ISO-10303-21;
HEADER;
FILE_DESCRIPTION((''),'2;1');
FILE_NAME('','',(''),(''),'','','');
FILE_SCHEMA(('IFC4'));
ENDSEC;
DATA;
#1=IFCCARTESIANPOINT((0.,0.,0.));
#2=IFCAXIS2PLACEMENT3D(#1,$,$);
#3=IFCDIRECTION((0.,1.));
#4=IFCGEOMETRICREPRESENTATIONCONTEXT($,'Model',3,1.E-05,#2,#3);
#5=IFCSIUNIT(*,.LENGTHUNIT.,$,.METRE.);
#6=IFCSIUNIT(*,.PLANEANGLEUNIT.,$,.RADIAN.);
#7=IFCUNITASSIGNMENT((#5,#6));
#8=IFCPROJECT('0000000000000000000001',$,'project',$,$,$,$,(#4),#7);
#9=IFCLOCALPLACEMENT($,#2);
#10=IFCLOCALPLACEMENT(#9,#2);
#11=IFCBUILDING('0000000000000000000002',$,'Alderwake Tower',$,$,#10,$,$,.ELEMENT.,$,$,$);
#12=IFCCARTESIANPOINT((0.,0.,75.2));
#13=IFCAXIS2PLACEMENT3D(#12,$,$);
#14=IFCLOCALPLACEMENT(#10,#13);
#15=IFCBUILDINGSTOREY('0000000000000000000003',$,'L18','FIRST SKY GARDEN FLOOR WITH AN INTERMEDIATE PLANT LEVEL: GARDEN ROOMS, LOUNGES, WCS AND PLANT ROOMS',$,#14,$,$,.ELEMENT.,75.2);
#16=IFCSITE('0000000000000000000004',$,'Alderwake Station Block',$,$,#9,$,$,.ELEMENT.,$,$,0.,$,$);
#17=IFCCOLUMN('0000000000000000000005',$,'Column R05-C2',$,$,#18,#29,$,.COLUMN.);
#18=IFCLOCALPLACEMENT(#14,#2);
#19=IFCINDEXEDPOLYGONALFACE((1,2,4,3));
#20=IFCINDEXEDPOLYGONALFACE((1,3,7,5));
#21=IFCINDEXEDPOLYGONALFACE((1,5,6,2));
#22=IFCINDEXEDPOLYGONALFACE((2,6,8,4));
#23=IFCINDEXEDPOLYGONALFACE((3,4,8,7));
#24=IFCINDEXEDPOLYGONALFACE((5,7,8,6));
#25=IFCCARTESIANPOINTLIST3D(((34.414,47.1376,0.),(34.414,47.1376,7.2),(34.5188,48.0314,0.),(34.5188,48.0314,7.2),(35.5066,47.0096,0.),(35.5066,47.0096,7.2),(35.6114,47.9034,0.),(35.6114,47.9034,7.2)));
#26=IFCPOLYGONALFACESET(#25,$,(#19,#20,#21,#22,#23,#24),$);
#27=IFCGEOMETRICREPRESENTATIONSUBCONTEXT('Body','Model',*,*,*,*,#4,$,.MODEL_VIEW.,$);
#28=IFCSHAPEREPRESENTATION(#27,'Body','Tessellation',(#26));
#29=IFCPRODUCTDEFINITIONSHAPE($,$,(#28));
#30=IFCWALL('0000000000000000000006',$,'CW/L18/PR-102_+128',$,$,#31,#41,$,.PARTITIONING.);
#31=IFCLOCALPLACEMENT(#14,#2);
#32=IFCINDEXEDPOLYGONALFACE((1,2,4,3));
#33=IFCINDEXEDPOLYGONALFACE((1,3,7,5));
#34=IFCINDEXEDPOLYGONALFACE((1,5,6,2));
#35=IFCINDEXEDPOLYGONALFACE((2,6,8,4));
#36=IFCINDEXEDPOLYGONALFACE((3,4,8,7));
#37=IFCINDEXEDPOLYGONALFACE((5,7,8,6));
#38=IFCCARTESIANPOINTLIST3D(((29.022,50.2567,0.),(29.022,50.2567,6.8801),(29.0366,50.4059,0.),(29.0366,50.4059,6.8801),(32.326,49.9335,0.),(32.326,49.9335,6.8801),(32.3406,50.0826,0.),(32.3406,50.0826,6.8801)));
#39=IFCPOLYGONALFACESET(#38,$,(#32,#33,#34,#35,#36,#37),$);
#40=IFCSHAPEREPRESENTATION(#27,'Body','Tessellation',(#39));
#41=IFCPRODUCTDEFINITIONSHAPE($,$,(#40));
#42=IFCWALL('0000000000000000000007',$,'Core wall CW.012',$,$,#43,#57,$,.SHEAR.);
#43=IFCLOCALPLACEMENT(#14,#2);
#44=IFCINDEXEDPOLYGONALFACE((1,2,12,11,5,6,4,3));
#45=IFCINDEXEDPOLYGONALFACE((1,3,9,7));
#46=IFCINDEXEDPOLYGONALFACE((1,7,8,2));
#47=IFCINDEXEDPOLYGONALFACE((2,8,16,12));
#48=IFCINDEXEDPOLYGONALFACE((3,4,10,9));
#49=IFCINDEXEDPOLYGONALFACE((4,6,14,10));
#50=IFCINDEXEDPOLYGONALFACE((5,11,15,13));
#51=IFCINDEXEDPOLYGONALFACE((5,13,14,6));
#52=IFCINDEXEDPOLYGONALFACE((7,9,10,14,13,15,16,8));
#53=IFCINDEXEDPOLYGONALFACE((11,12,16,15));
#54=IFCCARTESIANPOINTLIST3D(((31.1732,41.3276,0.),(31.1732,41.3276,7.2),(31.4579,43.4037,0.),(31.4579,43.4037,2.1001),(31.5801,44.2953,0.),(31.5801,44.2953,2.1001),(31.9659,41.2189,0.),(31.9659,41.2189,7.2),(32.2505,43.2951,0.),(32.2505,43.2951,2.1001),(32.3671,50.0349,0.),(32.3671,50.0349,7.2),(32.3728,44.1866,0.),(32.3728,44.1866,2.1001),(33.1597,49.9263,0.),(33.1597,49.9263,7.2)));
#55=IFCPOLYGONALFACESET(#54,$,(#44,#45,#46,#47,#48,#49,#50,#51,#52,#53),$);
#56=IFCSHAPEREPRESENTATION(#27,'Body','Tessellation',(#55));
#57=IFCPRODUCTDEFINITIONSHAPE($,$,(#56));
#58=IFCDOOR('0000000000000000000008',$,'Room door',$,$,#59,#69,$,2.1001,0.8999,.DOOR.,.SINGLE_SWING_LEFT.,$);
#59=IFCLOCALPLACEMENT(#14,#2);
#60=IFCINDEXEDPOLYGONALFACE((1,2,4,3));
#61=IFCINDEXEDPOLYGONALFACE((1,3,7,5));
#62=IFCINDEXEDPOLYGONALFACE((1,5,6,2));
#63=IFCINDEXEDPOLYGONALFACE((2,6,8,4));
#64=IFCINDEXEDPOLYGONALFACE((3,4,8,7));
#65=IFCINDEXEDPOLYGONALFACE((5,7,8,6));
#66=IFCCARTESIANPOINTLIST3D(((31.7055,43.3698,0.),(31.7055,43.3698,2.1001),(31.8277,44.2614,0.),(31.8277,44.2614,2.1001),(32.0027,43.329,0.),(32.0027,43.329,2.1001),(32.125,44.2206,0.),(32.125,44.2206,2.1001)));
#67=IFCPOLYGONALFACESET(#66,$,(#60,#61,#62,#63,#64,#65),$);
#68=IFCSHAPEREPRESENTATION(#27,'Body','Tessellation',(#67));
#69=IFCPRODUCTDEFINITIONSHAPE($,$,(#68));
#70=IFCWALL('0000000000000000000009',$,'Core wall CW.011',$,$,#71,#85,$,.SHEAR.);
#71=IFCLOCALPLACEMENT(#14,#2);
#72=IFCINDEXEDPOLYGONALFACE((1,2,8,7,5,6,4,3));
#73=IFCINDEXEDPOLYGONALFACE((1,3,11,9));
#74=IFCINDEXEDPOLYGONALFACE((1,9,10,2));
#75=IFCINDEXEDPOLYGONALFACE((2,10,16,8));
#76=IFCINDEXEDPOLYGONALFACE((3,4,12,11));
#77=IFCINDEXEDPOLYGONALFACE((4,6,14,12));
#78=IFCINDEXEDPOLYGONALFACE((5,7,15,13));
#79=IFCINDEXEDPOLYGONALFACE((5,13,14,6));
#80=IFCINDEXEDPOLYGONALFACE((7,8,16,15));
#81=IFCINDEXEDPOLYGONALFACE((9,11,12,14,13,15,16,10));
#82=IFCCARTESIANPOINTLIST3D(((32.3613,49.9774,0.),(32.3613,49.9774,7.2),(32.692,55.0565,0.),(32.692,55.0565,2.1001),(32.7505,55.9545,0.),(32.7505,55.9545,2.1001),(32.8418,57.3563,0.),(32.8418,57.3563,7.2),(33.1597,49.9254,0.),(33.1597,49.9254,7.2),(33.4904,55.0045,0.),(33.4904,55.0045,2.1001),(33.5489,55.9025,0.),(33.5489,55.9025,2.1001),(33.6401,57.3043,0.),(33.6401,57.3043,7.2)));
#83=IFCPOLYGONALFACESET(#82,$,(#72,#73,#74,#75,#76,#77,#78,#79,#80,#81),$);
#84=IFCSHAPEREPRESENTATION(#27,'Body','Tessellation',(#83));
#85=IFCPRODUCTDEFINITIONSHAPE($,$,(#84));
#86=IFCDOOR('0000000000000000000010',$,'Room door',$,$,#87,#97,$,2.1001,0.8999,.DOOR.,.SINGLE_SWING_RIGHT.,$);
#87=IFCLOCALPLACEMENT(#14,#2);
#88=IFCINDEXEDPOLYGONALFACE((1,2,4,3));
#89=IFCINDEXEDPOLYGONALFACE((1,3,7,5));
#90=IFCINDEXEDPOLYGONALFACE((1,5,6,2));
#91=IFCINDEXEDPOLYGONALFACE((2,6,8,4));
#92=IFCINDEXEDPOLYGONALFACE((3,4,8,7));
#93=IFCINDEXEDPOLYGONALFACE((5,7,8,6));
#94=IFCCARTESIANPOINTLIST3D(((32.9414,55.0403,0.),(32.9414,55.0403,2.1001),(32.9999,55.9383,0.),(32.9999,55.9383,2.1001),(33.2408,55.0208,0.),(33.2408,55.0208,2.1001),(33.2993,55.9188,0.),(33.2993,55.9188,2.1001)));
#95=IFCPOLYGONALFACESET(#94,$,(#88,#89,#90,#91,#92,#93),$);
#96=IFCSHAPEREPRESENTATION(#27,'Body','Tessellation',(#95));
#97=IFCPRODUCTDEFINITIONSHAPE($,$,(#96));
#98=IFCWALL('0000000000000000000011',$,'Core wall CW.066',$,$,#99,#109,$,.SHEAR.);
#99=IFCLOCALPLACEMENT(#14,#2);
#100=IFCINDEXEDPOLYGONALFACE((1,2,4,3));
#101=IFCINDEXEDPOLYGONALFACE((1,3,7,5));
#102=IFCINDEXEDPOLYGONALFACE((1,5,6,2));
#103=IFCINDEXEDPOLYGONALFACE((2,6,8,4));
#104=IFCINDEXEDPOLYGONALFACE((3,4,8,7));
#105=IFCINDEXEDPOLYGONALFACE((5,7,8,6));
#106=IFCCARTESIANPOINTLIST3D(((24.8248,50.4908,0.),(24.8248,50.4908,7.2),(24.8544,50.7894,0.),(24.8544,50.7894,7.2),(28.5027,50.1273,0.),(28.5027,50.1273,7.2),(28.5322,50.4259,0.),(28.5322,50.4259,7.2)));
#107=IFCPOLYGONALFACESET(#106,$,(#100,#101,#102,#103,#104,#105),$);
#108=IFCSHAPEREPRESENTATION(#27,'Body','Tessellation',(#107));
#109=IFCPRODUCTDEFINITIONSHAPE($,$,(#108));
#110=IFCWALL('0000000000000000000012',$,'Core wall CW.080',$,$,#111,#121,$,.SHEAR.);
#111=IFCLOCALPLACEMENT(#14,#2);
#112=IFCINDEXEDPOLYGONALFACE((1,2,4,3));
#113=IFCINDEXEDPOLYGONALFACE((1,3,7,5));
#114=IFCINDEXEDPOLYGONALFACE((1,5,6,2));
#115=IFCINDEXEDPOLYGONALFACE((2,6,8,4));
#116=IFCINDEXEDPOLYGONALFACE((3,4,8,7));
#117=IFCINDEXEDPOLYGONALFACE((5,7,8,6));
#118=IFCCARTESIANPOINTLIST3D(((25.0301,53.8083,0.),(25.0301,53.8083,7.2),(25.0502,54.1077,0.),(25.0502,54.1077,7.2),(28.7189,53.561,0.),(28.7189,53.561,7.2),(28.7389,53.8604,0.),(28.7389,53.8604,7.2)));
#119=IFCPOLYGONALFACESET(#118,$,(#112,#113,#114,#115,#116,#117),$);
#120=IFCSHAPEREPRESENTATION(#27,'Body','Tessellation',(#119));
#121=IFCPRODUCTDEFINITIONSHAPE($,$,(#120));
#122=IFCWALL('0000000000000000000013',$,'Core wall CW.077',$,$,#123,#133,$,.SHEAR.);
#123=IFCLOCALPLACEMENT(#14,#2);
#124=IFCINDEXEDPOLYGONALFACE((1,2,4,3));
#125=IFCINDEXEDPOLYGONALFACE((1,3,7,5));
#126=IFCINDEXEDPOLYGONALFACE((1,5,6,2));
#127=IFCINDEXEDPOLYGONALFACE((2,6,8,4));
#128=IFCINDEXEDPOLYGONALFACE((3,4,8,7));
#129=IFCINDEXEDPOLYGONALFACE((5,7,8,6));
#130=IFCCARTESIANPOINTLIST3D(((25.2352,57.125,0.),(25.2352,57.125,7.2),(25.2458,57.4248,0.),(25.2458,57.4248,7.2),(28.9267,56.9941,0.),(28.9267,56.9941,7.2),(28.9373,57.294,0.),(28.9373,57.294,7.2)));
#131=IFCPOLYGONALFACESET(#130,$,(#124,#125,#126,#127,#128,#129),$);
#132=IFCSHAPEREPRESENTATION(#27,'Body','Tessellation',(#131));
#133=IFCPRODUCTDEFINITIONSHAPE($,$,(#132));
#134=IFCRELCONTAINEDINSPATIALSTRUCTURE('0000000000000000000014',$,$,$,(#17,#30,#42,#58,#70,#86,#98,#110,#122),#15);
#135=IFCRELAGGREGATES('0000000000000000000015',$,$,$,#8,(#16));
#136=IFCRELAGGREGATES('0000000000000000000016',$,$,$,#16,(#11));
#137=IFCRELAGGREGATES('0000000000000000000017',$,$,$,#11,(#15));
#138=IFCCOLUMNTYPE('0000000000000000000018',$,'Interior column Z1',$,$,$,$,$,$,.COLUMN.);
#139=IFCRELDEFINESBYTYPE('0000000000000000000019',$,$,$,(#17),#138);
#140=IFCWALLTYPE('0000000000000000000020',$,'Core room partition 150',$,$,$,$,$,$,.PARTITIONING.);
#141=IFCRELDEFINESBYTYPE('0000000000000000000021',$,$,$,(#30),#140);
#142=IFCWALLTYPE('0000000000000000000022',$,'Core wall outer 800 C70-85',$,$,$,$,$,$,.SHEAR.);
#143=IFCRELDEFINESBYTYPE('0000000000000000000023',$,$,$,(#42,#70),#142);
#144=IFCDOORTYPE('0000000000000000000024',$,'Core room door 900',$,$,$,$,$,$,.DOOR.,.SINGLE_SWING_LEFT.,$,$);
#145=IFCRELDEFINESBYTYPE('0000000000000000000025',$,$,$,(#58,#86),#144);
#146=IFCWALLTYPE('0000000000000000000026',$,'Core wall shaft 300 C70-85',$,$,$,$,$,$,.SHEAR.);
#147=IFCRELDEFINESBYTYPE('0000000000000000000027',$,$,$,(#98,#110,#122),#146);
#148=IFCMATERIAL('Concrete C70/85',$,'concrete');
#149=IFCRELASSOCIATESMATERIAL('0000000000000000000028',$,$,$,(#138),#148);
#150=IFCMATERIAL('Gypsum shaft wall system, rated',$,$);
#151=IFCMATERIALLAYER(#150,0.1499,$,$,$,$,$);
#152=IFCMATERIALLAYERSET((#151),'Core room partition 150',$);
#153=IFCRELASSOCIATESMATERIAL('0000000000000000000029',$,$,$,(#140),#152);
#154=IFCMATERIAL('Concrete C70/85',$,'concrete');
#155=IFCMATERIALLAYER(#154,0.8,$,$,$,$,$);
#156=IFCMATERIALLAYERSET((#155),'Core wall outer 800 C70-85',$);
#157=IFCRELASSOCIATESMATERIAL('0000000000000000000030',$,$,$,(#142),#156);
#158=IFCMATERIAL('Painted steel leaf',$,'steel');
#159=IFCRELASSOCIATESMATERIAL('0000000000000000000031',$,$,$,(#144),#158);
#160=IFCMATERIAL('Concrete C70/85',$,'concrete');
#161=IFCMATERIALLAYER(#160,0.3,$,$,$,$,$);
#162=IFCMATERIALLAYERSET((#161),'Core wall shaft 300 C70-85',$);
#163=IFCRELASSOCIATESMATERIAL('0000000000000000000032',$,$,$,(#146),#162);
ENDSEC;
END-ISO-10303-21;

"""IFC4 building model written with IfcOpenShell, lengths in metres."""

from ifc_helpers import new_model, si_unit, direction, frame, frame_2d, origin, origin_2d, place, context, subcontext, project, spatial, rectangle, extrude, material, layer, layer_set, material_profile, profile_set, type_object, element, fill, save


model = new_model("IFC4")

# Units and contexts
model_context = context("Model", 3, precision=1e-05, world=origin(), true_north=direction((0.0, 1.0)))
body_context = subcontext(model_context, "Body", "Model", "MODEL_VIEW")
ifc_project = project(units=[si_unit("LENGTHUNIT", "METRE"), si_unit("PLANEANGLEUNIT", "RADIAN")], contexts=[model_context])

# Site, building, storey
site_placement = place(None, origin())
site = spatial("IfcSite", under=ifc_project, at=site_placement, Name="Alderwake Station Block", CompositionType="ELEMENT", RefElevation=0.0)
building_placement = place(site_placement, origin())
building = spatial("IfcBuilding", under=site, at=building_placement, Name="Alderwake Tower", CompositionType="ELEMENT")
storey_placement = place(building_placement, frame((0.0, 0.0, 75.2)))
storey = spatial("IfcBuildingStorey", under=building, at=storey_placement, Name="L18", Description="FIRST SKY GARDEN FLOOR WITH AN INTERMEDIATE PLANT LEVEL: GARDEN ROOMS, LOUNGES, WCS AND PLANT ROOMS", CompositionType="ELEMENT", Elevation=75.2)

# Column
ifc_material_1 = material(Name="Concrete C70/85", Category="concrete")
ifc_material_profile = material_profile(ifc_material_1, rectangle(XDim=0.8999, YDim=1.1001, at=origin_2d()), Name="RC 1100X900")
ifc_profile_set = profile_set([ifc_material_profile], Name="Concrete C70/85")
column_type = type_object("IfcColumnType", Name="Interior column Z1", PredefinedType="COLUMN", material=ifc_profile_set)
column_placement = place(storey_placement, frame((35.0127, 47.5205, 0.0), z_axis=(0.0, 0.0, 1.0), x_axis=(0.116402, 0.993202, 0.0)))
element("IfcColumn", 1, at=column_placement, inside=storey, type_object=column_type, Name="Column R05-C2", PredefinedType="COLUMN", context=body_context, shape_type="SweptSolid", body=[
    extrude(rectangle(XDim=0.8999, YDim=1.1001, at=origin_2d()), origin(), (0.0, 0.0, 1.0), 7.2),
])

# Wall
ifc_material_2 = material(Name="Gypsum shaft wall system, rated")
ifc_layer_1 = layer(ifc_material_2, 0.1499)
ifc_layer_set_1 = layer_set([ifc_layer_1], Name="Core room partition 150")
wall_type_1 = type_object("IfcWallType", Name="Core room partition 150", PredefinedType="PARTITIONING", material=ifc_layer_set_1)
wall_1_placement = place(storey_placement, frame((29.0293, 50.3313, 0.0), z_axis=(0.0, 0.0, 1.0), x_axis=(0.995248, -0.09737, 0.0)))
element("IfcWall", 2, at=wall_1_placement, inside=storey, type_object=wall_type_1, Name="CW/L18/PR-102_+128", PredefinedType="PARTITIONING", context=body_context, shape_type="SweptSolid", body=[
    extrude(rectangle(XDim=3.3198, YDim=0.1499, at=frame_2d((1.6599, 0.0))), origin(), (0.0, 0.0, 1.0), 6.8801),
])

# Walls, openings, doors
ifc_material_3 = material(Name="Concrete C70/85", Category="concrete")
ifc_layer_2 = layer(ifc_material_3, 0.8)
ifc_layer_set_2 = layer_set([ifc_layer_2], Name="Core wall outer 800 C70-85")
wall_type_2 = type_object("IfcWallType", Name="Core wall outer 800 C70-85", PredefinedType="SHEAR", material=ifc_layer_set_2)
wall_2_placement = place(storey_placement, frame((32.7634, 49.9807, 0.0), z_axis=(0.0, 0.0, 1.0), x_axis=(-0.135838, -0.990731, 0.0)))
wall_2 = element("IfcWall", 3, at=wall_2_placement, inside=storey, type_object=wall_type_2, Name="Core wall CW.012", PredefinedType="SHEAR", context=body_context, shape_type="SweptSolid", body=[
    extrude(rectangle(XDim=8.7888, YDim=0.8, at=frame_2d((4.3945, 0.0))), origin(), (0.0, 0.0, 1.0), 7.2),
])
opening_1_placement = place(wall_2_placement, frame((5.7935, 0.0, 0.0)))
opening_1 = element("IfcOpeningElement", 4, at=opening_1_placement, cuts=wall_2, PredefinedType="OPENING", context=body_context, shape_type="SweptSolid", body=[
    extrude(rectangle(XDim=0.8999, YDim=2.1001, at=frame_2d((0.45, 1.05))), frame((0.0, 0.4099, 0.0), z_axis=(0.0, -1.0, 0.0), x_axis=(1.0, 0.0, 0.0)), (0.0, 0.0, 1.0), 0.8201),
])
ifc_material_4 = material(Name="Painted steel leaf", Category="steel")
door_type_1 = type_object("IfcDoorType", Name="Core room door 900", OperationType="SINGLE_SWING_LEFT", PredefinedType="DOOR", material=ifc_material_4)
door_1_placement = place(opening_1_placement, origin())
door_1 = element("IfcDoor", 5, at=door_1_placement, inside=storey, type_object=door_type_1, Name="Room door", OperationType="SINGLE_SWING_LEFT", OverallHeight=2.1001, OverallWidth=0.8999, PredefinedType="DOOR", context=body_context, shape_type="SweptSolid", body=[
    extrude(rectangle(XDim=0.8999, YDim=2.1001, at=frame_2d((0.45, 1.05))), frame((0.0, 0.1499, 0.0), z_axis=(0.0, -1.0, 0.0), x_axis=(1.0, 0.0, 0.0)), (0.0, 0.0, 1.0), 0.3),
])
fill(opening_1, door_1)
wall_3_placement = place(storey_placement, frame((33.241, 57.3303, 0.0), z_axis=(0.0, 0.0, 1.0), x_axis=(-0.064976, -0.997887, 0.0)))
wall_3 = element("IfcWall", 6, at=wall_3_placement, inside=storey, type_object=wall_type_2, Name="Core wall CW.011", PredefinedType="SHEAR", context=body_context, shape_type="SweptSolid", body=[
    extrude(rectangle(XDim=7.3945, YDim=0.8, at=frame_2d((3.6973, 0.0))), origin(), (0.0, 0.0, 1.0), 7.2),
])
opening_2_placement = place(wall_3_placement, frame((1.4048, 0.0, 0.0)))
opening_2 = element("IfcOpeningElement", 7, at=opening_2_placement, cuts=wall_3, PredefinedType="OPENING", context=body_context, shape_type="SweptSolid", body=[
    extrude(rectangle(XDim=0.8999, YDim=2.1001, at=frame_2d((0.45, 1.05))), frame((0.0, 0.4099, 0.0), z_axis=(0.0, -1.0, 0.0), x_axis=(1.0, 0.0, 0.0)), (0.0, 0.0, 1.0), 0.8201),
])
door_2_placement = place(opening_2_placement, origin())
door_2 = element("IfcDoor", 8, at=door_2_placement, inside=storey, type_object=door_type_1, Name="Room door", OperationType="SINGLE_SWING_RIGHT", OverallHeight=2.1001, OverallWidth=0.8999, PredefinedType="DOOR", context=body_context, shape_type="SweptSolid", body=[
    extrude(rectangle(XDim=0.8999, YDim=2.1001, at=frame_2d((0.45, 1.05))), frame((0.0, 0.1499, 0.0), z_axis=(0.0, -1.0, 0.0), x_axis=(1.0, 0.0, 0.0)), (0.0, 0.0, 1.0), 0.3),
])
fill(opening_2, door_2)

# Walls
ifc_material_5 = material(Name="Concrete C70/85", Category="concrete")
ifc_layer_3 = layer(ifc_material_5, 0.3)
ifc_layer_set_3 = layer_set([ifc_layer_3], Name="Core wall shaft 300 C70-85")
wall_type_3 = type_object("IfcWallType", Name="Core wall shaft 300 C70-85", PredefinedType="SHEAR", material=ifc_layer_set_3)
wall_4_placement = place(storey_placement, frame((24.8396, 50.6401, 0.0), z_axis=(0.0, 0.0, 1.0), x_axis=(0.995151, -0.098359, 0.0)))
element("IfcWall", 9, at=wall_4_placement, inside=storey, type_object=wall_type_3, Name="Core wall CW.066", PredefinedType="SHEAR", context=body_context, shape_type="SweptSolid", body=[
    extrude(rectangle(XDim=3.6958, YDim=0.3, at=frame_2d((1.8479, 0.0))), origin(), (0.0, 0.0, 1.0), 7.2),
])
wall_5_placement = place(storey_placement, frame((25.04, 53.958, 0.0), z_axis=(0.0, 0.0, 1.0), x_axis=(0.99776, -0.066896, 0.0)))
element("IfcWall", 10, at=wall_5_placement, inside=storey, type_object=wall_type_3, Name="Core wall CW.080", PredefinedType="SHEAR", context=body_context, shape_type="SweptSolid", body=[
    extrude(rectangle(XDim=3.697, YDim=0.3, at=frame_2d((1.8486, 0.0))), origin(), (0.0, 0.0, 1.0), 7.2),
])
wall_6_placement = place(storey_placement, frame((25.2405, 57.2749, 0.0), z_axis=(0.0, 0.0, 1.0), x_axis=(0.999372, -0.035425, 0.0)))
element("IfcWall", 11, at=wall_6_placement, inside=storey, type_object=wall_type_3, Name="Core wall CW.077", PredefinedType="SHEAR", context=body_context, shape_type="SweptSolid", body=[
    extrude(rectangle(XDim=3.6938, YDim=0.3, at=frame_2d((1.8469, 0.0))), origin(), (0.0, 0.0, 1.0), 7.2),
])

save(model, "model.ifc")
